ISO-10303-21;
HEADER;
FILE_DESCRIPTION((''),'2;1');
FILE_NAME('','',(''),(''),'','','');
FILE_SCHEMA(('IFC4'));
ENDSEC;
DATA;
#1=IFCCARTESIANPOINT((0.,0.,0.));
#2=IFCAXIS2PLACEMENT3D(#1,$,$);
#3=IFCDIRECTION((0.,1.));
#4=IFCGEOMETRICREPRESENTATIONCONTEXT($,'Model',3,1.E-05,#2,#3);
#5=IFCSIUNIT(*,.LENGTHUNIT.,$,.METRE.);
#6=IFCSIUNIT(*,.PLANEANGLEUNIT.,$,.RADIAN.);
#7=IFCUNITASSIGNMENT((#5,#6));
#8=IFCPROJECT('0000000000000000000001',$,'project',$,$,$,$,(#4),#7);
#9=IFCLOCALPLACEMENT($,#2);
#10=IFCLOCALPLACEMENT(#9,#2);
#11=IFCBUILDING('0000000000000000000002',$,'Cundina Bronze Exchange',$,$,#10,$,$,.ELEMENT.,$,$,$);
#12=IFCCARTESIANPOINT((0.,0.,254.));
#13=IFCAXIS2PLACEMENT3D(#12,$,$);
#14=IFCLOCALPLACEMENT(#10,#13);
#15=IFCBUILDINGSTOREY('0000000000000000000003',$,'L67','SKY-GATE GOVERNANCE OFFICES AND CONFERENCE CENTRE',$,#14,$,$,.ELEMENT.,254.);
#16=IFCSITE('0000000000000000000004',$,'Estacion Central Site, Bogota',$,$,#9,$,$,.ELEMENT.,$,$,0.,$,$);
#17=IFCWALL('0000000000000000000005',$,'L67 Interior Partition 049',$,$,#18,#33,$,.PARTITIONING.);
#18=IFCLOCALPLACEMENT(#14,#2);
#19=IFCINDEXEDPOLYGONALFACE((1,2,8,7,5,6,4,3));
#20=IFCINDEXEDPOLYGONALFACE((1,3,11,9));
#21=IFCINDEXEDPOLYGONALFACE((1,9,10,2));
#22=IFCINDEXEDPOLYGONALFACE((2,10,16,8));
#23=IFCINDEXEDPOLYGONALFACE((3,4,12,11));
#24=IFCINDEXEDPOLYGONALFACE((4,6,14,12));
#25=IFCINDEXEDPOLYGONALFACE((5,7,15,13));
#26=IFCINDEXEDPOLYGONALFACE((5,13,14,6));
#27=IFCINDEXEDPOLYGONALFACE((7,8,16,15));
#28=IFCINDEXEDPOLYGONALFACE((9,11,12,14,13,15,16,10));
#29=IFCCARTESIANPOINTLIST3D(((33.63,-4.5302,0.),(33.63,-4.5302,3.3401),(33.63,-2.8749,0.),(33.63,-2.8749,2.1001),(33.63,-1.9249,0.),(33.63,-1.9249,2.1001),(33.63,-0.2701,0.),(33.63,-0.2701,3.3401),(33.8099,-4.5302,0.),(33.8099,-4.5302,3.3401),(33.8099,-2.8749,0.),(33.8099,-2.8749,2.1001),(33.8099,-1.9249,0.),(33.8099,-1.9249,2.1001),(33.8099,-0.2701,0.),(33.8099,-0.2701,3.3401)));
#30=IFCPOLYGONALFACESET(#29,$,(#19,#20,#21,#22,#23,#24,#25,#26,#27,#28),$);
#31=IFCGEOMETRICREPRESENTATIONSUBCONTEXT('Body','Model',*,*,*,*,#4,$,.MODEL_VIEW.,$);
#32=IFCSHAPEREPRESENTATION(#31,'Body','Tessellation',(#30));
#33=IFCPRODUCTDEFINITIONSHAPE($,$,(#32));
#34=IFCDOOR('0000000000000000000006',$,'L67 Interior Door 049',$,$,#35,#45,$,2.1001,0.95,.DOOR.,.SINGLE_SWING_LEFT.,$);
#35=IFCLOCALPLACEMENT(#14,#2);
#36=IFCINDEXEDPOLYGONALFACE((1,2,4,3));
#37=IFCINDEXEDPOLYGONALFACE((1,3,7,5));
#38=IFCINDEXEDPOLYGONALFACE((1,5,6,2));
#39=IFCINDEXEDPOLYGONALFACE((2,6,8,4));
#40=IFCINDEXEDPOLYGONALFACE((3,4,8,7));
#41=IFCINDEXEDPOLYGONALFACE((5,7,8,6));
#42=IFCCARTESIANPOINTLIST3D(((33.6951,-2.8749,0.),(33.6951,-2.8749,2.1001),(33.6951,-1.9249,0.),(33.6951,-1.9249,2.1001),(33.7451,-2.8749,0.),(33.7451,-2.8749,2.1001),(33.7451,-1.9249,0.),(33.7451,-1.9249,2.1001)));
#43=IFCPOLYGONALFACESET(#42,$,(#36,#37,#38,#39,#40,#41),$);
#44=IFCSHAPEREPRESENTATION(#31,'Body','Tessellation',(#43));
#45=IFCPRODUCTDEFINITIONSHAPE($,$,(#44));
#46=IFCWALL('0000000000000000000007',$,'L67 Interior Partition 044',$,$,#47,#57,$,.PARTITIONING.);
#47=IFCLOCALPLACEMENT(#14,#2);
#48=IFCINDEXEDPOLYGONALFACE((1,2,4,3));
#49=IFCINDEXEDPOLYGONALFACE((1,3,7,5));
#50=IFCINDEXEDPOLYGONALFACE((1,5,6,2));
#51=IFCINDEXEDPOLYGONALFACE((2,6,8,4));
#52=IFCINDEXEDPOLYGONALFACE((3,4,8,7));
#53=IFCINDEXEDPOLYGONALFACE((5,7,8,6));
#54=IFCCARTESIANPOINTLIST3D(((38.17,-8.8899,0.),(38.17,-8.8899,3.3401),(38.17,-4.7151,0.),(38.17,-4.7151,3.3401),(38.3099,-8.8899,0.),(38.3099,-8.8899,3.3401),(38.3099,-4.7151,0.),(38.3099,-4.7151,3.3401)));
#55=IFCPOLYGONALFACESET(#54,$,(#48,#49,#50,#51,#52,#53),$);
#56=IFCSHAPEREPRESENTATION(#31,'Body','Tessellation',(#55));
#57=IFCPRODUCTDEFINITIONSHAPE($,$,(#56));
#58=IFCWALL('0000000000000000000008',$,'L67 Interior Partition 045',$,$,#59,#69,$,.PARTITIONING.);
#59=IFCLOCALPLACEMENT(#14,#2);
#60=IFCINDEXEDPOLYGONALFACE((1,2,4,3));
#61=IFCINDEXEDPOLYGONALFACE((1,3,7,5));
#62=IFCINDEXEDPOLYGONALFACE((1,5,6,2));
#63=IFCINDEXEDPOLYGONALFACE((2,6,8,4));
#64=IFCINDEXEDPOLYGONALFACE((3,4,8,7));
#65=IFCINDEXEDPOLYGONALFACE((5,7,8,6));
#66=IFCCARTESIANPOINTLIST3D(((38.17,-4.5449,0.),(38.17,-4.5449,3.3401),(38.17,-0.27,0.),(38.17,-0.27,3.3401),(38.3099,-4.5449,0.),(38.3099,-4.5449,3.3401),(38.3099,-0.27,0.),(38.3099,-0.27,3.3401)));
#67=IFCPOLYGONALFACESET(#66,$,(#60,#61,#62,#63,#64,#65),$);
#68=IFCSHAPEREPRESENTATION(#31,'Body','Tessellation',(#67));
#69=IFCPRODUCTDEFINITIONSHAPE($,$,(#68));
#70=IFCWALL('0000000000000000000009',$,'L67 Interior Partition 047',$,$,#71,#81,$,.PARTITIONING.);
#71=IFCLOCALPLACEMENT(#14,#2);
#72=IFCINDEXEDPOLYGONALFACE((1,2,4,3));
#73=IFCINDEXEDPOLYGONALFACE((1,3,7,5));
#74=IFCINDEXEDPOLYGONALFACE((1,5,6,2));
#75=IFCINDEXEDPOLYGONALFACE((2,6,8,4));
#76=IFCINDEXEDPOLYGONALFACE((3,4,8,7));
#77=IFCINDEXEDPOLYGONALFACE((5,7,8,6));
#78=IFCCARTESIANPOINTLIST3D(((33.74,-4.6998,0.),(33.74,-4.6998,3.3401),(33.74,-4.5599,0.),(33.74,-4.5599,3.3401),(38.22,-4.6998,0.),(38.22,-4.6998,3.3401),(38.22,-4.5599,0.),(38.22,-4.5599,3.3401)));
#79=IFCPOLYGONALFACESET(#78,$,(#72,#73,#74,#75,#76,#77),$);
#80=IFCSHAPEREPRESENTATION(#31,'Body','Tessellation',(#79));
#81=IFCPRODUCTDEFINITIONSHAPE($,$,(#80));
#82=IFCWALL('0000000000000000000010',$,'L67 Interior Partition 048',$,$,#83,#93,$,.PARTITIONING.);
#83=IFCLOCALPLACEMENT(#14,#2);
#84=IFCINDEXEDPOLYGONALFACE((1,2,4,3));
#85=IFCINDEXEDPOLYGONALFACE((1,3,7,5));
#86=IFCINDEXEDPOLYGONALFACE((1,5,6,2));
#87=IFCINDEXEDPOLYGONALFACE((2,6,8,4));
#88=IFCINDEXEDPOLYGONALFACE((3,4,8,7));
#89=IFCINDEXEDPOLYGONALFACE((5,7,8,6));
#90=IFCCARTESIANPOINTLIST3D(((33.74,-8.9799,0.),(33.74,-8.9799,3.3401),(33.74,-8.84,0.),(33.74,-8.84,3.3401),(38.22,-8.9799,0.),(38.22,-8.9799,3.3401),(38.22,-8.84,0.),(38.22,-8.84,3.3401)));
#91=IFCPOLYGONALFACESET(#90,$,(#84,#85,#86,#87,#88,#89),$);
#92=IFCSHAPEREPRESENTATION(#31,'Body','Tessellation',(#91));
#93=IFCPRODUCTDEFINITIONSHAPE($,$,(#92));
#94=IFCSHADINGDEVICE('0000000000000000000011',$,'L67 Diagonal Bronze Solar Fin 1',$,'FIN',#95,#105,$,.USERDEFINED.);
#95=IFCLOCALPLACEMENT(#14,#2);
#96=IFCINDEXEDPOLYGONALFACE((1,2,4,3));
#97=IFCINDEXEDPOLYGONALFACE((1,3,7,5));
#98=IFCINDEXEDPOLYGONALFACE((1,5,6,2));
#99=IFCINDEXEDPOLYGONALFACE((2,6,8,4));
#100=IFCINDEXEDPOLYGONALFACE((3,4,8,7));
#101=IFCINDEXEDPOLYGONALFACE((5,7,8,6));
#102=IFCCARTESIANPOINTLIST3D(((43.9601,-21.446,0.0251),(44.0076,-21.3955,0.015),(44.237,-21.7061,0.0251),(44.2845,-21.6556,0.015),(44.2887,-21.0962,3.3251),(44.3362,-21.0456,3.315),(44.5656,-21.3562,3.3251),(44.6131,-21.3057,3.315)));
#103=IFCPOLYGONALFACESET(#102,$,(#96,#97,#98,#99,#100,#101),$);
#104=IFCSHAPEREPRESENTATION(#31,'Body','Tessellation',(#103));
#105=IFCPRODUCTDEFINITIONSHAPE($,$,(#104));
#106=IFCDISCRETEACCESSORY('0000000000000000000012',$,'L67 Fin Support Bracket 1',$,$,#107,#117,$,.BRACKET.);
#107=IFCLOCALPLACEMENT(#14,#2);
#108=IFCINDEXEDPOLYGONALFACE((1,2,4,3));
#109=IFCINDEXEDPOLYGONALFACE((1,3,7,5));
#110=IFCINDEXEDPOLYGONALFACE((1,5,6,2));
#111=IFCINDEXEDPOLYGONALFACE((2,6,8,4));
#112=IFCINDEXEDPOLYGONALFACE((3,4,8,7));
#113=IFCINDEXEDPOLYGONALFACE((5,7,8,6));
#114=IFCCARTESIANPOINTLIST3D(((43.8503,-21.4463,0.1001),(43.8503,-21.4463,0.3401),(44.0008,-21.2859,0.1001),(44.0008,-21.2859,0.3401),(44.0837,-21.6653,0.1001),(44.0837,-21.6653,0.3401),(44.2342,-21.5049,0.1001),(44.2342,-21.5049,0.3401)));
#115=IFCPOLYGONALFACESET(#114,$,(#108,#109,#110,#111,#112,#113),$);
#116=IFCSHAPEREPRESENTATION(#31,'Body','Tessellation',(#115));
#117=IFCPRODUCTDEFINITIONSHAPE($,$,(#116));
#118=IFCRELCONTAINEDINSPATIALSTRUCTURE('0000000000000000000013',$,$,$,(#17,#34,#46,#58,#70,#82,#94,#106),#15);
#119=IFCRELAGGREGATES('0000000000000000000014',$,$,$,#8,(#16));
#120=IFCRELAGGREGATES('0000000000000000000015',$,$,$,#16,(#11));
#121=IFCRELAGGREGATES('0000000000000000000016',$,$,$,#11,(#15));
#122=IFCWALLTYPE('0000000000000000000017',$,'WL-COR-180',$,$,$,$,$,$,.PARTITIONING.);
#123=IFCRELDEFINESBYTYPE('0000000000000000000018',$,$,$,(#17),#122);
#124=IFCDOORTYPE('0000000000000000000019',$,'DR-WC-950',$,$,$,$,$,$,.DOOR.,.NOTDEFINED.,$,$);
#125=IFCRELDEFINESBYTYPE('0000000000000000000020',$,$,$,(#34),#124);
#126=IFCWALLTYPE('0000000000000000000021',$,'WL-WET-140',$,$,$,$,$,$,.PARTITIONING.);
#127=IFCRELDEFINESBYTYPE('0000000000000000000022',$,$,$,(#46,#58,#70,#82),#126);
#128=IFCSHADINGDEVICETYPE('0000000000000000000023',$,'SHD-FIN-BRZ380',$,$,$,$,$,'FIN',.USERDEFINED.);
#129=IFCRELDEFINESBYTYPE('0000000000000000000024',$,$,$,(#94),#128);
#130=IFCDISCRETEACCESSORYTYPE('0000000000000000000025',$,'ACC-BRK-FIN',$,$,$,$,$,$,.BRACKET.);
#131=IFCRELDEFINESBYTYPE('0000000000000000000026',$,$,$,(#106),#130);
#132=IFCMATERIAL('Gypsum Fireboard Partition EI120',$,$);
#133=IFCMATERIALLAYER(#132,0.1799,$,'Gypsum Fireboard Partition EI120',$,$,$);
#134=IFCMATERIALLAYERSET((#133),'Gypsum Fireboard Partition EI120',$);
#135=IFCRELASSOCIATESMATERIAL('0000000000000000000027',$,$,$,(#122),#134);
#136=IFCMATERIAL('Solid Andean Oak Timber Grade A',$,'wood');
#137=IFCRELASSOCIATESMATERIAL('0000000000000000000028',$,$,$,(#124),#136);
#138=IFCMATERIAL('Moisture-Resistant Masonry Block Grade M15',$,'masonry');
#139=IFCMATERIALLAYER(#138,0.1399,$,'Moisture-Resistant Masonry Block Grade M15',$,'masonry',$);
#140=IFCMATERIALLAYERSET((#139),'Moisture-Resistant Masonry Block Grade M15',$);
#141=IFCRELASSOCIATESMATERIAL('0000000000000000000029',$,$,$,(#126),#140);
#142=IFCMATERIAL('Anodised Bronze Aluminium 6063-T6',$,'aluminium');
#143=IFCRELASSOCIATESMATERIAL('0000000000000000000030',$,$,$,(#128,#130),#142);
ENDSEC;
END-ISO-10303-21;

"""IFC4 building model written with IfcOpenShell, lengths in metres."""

from ifc_helpers import new_model, si_unit, direction, frame, frame_2d, origin, origin_2d, place, context, subcontext, project, spatial, rectangle, extrude, material, layer, layer_set, material_profile, profile_set, type_object, element, fill, save


model = new_model("IFC4")

# Units and contexts
model_context = context("Model", 3, precision=1e-05, world=origin(), true_north=direction((0.0, 1.0)))
body_context = subcontext(model_context, "Body", "Model", "MODEL_VIEW")
ifc_project = project(units=[si_unit("LENGTHUNIT", "METRE"), si_unit("PLANEANGLEUNIT", "RADIAN")], contexts=[model_context])

# Site, building, storey
site_placement = place(None, origin())
site = spatial("IfcSite", under=ifc_project, at=site_placement, Name="Estacion Central Site, Bogota", CompositionType="ELEMENT", RefElevation=0.0)
building_placement = place(site_placement, origin())
building = spatial("IfcBuilding", under=site, at=building_placement, Name="Cundina Bronze Exchange", CompositionType="ELEMENT")
storey_placement = place(building_placement, frame((0.0, 0.0, 254.0)))
storey = spatial("IfcBuildingStorey", under=building, at=storey_placement, Name="L67", Description="SKY-GATE GOVERNANCE OFFICES AND CONFERENCE CENTRE", CompositionType="ELEMENT", Elevation=254.0)

# Shared definitions
ifc_material_1 = material(Name="Anodised Bronze Aluminium 6063-T6", Category="aluminium")

# Wall, opening, door
ifc_material_2 = material(Name="Gypsum Fireboard Partition EI120")
ifc_layer_1 = layer(ifc_material_2, 0.1799, Name="Gypsum Fireboard Partition EI120")
ifc_layer_set_1 = layer_set([ifc_layer_1], Name="Gypsum Fireboard Partition EI120")
wall_type_1 = type_object("IfcWallType", Name="WL-COR-180", PredefinedType="PARTITIONING", material=ifc_layer_set_1)
wall_1_placement = place(storey_placement, frame((33.72, -4.53, 0.0), z_axis=(0.0, 0.0, 1.0), x_axis=(0.0, 1.0, 0.0)))
wall_1 = element("IfcWall", 1, at=wall_1_placement, inside=storey, type_object=wall_type_1, Name="L67 Interior Partition 049", PredefinedType="PARTITIONING", context=body_context, shape_type="SweptSolid", body=[
    extrude(rectangle(XDim=4.26, YDim=0.1799, at=frame_2d((2.1299, 0.0))), origin(), (0.0, 0.0, 1.0), 3.3401),
])
opening_placement = place(wall_1_placement, frame((1.655, 0.0, 0.0)))
opening = element("IfcOpeningElement", 2, at=opening_placement, cuts=wall_1, PredefinedType="OPENING", context=body_context, shape_type="SweptSolid", body=[
    extrude(rectangle(XDim=0.95, YDim=2.1001, at=frame_2d((0.4751, 1.05))), frame((0.0, 0.0999, 0.0), z_axis=(0.0, -1.0, 0.0), x_axis=(1.0, 0.0, 0.0)), (0.0, 0.0, 1.0), 0.2),
])
ifc_material_3 = material(Name="Solid Andean Oak Timber Grade A", Category="wood")
door_type = type_object("IfcDoorType", Name="DR-WC-950", OperationType="NOTDEFINED", PredefinedType="DOOR", material=ifc_material_3)
door_placement = place(opening_placement, origin())
door = element("IfcDoor", 3, at=door_placement, inside=storey, type_object=door_type, Name="L67 Interior Door 049", OperationType="SINGLE_SWING_LEFT", OverallHeight=2.1001, OverallWidth=0.95, PredefinedType="DOOR", context=body_context, shape_type="SweptSolid", body=[
    extrude(rectangle(XDim=0.95, YDim=2.1001, at=frame_2d((0.4751, 1.05))), frame((0.0, 0.0249, 0.0), z_axis=(0.0, -1.0, 0.0), x_axis=(1.0, 0.0, 0.0)), (0.0, 0.0, 1.0), 0.05),
])
fill(opening, door)

# Walls
ifc_material_4 = material(Name="Moisture-Resistant Masonry Block Grade M15", Category="masonry")
ifc_layer_2 = layer(ifc_material_4, 0.1399, Name="Moisture-Resistant Masonry Block Grade M15", Category="masonry")
ifc_layer_set_2 = layer_set([ifc_layer_2], Name="Moisture-Resistant Masonry Block Grade M15")
wall_type_2 = type_object("IfcWallType", Name="WL-WET-140", PredefinedType="PARTITIONING", material=ifc_layer_set_2)
wall_2_placement = place(storey_placement, frame((38.24, -8.8899, 0.0), z_axis=(0.0, 0.0, 1.0), x_axis=(0.0, 1.0, 0.0)))
element("IfcWall", 4, at=wall_2_placement, inside=storey, type_object=wall_type_2, Name="L67 Interior Partition 044", PredefinedType="PARTITIONING", context=body_context, shape_type="SweptSolid", body=[
    extrude(rectangle(XDim=4.1748, YDim=0.1399, at=frame_2d((2.0874, 0.0))), origin(), (0.0, 0.0, 1.0), 3.3401),
])
wall_3_placement = place(storey_placement, frame((38.24, -4.5449, 0.0), z_axis=(0.0, 0.0, 1.0), x_axis=(0.0, 1.0, 0.0)))
element("IfcWall", 5, at=wall_3_placement, inside=storey, type_object=wall_type_2, Name="L67 Interior Partition 045", PredefinedType="PARTITIONING", context=body_context, shape_type="SweptSolid", body=[
    extrude(rectangle(XDim=4.2749, YDim=0.1399, at=frame_2d((2.1375, 0.0))), origin(), (0.0, 0.0, 1.0), 3.3401),
])
for number, where, z_axis, x_axis, name in (
    (6, (33.74, -4.6299, 0.0), (0.0, 0.0, 1.0), (1.0, 0.0, 0.0), "L67 Interior Partition 047"),
    (7, (33.74, -8.9099, 0.0), (0.0, 0.0, 1.0), (1.0, 0.0, 0.0), "L67 Interior Partition 048"),
):
    element("IfcWall", number, at=place(storey_placement, frame(where, z_axis=z_axis, x_axis=x_axis)), inside=storey, type_object=wall_type_2, Name=name, PredefinedType="PARTITIONING", context=body_context, shape_type="SweptSolid", body=[
        extrude(rectangle(XDim=4.48, YDim=0.1399, at=frame_2d((2.24, 0.0))), origin(), (0.0, 0.0, 1.0), 3.3401),
    ])

# Shading device
ifc_material_profile_1 = material_profile(ifc_material_1, rectangle(XDim=0.0701, YDim=0.3799, at=origin_2d()), Name="FIN70X380", Category="aluminium")
ifc_profile_set_1 = profile_set([ifc_material_profile_1], Name="Anodised Bronze Aluminium 6063-T6")
shading_device_type = type_object("IfcShadingDeviceType", Name="SHD-FIN-BRZ380", ElementType="FIN", PredefinedType="USERDEFINED", material=ifc_profile_set_1)
shading_device_placement = place(storey_placement, frame((44.1223, -21.5508, 0.02), z_axis=(0.098541, 0.104911, 0.989587), x_axis=(-0.677506, -0.721297, 0.143933)))
element("IfcShadingDevice", 8, at=shading_device_placement, inside=storey, type_object=shading_device_type, Name="L67 Diagonal Bronze Solar Fin 1", ObjectType="FIN", PredefinedType="USERDEFINED", context=body_context, shape_type="SweptSolid", body=[
    extrude(rectangle(XDim=0.0701, YDim=0.3799, at=origin_2d()), origin(), (0.0, 0.0, 1.0), 3.3347),
])

# Discrete accessory
discrete_accessory_type = type_object("IfcDiscreteAccessoryType", Name="ACC-BRK-FIN", PredefinedType="BRACKET", material=ifc_material_1)
discrete_accessory_placement = place(storey_placement, frame((44.0422, -21.4756, 0.1001), z_axis=(0.0, 0.0, 1.0), x_axis=(0.684344, 0.72916, 0.0)))
element("IfcDiscreteAccessory", 9, at=discrete_accessory_placement, inside=storey, type_object=discrete_accessory_type, Name="L67 Fin Support Bracket 1", PredefinedType="BRACKET", context=body_context, shape_type="SweptSolid", body=[
    extrude(rectangle(XDim=0.22, YDim=0.3201, at=origin_2d()), origin(), (0.0, 0.0, 1.0), 0.24),
])

save(model, "model.ifc")
